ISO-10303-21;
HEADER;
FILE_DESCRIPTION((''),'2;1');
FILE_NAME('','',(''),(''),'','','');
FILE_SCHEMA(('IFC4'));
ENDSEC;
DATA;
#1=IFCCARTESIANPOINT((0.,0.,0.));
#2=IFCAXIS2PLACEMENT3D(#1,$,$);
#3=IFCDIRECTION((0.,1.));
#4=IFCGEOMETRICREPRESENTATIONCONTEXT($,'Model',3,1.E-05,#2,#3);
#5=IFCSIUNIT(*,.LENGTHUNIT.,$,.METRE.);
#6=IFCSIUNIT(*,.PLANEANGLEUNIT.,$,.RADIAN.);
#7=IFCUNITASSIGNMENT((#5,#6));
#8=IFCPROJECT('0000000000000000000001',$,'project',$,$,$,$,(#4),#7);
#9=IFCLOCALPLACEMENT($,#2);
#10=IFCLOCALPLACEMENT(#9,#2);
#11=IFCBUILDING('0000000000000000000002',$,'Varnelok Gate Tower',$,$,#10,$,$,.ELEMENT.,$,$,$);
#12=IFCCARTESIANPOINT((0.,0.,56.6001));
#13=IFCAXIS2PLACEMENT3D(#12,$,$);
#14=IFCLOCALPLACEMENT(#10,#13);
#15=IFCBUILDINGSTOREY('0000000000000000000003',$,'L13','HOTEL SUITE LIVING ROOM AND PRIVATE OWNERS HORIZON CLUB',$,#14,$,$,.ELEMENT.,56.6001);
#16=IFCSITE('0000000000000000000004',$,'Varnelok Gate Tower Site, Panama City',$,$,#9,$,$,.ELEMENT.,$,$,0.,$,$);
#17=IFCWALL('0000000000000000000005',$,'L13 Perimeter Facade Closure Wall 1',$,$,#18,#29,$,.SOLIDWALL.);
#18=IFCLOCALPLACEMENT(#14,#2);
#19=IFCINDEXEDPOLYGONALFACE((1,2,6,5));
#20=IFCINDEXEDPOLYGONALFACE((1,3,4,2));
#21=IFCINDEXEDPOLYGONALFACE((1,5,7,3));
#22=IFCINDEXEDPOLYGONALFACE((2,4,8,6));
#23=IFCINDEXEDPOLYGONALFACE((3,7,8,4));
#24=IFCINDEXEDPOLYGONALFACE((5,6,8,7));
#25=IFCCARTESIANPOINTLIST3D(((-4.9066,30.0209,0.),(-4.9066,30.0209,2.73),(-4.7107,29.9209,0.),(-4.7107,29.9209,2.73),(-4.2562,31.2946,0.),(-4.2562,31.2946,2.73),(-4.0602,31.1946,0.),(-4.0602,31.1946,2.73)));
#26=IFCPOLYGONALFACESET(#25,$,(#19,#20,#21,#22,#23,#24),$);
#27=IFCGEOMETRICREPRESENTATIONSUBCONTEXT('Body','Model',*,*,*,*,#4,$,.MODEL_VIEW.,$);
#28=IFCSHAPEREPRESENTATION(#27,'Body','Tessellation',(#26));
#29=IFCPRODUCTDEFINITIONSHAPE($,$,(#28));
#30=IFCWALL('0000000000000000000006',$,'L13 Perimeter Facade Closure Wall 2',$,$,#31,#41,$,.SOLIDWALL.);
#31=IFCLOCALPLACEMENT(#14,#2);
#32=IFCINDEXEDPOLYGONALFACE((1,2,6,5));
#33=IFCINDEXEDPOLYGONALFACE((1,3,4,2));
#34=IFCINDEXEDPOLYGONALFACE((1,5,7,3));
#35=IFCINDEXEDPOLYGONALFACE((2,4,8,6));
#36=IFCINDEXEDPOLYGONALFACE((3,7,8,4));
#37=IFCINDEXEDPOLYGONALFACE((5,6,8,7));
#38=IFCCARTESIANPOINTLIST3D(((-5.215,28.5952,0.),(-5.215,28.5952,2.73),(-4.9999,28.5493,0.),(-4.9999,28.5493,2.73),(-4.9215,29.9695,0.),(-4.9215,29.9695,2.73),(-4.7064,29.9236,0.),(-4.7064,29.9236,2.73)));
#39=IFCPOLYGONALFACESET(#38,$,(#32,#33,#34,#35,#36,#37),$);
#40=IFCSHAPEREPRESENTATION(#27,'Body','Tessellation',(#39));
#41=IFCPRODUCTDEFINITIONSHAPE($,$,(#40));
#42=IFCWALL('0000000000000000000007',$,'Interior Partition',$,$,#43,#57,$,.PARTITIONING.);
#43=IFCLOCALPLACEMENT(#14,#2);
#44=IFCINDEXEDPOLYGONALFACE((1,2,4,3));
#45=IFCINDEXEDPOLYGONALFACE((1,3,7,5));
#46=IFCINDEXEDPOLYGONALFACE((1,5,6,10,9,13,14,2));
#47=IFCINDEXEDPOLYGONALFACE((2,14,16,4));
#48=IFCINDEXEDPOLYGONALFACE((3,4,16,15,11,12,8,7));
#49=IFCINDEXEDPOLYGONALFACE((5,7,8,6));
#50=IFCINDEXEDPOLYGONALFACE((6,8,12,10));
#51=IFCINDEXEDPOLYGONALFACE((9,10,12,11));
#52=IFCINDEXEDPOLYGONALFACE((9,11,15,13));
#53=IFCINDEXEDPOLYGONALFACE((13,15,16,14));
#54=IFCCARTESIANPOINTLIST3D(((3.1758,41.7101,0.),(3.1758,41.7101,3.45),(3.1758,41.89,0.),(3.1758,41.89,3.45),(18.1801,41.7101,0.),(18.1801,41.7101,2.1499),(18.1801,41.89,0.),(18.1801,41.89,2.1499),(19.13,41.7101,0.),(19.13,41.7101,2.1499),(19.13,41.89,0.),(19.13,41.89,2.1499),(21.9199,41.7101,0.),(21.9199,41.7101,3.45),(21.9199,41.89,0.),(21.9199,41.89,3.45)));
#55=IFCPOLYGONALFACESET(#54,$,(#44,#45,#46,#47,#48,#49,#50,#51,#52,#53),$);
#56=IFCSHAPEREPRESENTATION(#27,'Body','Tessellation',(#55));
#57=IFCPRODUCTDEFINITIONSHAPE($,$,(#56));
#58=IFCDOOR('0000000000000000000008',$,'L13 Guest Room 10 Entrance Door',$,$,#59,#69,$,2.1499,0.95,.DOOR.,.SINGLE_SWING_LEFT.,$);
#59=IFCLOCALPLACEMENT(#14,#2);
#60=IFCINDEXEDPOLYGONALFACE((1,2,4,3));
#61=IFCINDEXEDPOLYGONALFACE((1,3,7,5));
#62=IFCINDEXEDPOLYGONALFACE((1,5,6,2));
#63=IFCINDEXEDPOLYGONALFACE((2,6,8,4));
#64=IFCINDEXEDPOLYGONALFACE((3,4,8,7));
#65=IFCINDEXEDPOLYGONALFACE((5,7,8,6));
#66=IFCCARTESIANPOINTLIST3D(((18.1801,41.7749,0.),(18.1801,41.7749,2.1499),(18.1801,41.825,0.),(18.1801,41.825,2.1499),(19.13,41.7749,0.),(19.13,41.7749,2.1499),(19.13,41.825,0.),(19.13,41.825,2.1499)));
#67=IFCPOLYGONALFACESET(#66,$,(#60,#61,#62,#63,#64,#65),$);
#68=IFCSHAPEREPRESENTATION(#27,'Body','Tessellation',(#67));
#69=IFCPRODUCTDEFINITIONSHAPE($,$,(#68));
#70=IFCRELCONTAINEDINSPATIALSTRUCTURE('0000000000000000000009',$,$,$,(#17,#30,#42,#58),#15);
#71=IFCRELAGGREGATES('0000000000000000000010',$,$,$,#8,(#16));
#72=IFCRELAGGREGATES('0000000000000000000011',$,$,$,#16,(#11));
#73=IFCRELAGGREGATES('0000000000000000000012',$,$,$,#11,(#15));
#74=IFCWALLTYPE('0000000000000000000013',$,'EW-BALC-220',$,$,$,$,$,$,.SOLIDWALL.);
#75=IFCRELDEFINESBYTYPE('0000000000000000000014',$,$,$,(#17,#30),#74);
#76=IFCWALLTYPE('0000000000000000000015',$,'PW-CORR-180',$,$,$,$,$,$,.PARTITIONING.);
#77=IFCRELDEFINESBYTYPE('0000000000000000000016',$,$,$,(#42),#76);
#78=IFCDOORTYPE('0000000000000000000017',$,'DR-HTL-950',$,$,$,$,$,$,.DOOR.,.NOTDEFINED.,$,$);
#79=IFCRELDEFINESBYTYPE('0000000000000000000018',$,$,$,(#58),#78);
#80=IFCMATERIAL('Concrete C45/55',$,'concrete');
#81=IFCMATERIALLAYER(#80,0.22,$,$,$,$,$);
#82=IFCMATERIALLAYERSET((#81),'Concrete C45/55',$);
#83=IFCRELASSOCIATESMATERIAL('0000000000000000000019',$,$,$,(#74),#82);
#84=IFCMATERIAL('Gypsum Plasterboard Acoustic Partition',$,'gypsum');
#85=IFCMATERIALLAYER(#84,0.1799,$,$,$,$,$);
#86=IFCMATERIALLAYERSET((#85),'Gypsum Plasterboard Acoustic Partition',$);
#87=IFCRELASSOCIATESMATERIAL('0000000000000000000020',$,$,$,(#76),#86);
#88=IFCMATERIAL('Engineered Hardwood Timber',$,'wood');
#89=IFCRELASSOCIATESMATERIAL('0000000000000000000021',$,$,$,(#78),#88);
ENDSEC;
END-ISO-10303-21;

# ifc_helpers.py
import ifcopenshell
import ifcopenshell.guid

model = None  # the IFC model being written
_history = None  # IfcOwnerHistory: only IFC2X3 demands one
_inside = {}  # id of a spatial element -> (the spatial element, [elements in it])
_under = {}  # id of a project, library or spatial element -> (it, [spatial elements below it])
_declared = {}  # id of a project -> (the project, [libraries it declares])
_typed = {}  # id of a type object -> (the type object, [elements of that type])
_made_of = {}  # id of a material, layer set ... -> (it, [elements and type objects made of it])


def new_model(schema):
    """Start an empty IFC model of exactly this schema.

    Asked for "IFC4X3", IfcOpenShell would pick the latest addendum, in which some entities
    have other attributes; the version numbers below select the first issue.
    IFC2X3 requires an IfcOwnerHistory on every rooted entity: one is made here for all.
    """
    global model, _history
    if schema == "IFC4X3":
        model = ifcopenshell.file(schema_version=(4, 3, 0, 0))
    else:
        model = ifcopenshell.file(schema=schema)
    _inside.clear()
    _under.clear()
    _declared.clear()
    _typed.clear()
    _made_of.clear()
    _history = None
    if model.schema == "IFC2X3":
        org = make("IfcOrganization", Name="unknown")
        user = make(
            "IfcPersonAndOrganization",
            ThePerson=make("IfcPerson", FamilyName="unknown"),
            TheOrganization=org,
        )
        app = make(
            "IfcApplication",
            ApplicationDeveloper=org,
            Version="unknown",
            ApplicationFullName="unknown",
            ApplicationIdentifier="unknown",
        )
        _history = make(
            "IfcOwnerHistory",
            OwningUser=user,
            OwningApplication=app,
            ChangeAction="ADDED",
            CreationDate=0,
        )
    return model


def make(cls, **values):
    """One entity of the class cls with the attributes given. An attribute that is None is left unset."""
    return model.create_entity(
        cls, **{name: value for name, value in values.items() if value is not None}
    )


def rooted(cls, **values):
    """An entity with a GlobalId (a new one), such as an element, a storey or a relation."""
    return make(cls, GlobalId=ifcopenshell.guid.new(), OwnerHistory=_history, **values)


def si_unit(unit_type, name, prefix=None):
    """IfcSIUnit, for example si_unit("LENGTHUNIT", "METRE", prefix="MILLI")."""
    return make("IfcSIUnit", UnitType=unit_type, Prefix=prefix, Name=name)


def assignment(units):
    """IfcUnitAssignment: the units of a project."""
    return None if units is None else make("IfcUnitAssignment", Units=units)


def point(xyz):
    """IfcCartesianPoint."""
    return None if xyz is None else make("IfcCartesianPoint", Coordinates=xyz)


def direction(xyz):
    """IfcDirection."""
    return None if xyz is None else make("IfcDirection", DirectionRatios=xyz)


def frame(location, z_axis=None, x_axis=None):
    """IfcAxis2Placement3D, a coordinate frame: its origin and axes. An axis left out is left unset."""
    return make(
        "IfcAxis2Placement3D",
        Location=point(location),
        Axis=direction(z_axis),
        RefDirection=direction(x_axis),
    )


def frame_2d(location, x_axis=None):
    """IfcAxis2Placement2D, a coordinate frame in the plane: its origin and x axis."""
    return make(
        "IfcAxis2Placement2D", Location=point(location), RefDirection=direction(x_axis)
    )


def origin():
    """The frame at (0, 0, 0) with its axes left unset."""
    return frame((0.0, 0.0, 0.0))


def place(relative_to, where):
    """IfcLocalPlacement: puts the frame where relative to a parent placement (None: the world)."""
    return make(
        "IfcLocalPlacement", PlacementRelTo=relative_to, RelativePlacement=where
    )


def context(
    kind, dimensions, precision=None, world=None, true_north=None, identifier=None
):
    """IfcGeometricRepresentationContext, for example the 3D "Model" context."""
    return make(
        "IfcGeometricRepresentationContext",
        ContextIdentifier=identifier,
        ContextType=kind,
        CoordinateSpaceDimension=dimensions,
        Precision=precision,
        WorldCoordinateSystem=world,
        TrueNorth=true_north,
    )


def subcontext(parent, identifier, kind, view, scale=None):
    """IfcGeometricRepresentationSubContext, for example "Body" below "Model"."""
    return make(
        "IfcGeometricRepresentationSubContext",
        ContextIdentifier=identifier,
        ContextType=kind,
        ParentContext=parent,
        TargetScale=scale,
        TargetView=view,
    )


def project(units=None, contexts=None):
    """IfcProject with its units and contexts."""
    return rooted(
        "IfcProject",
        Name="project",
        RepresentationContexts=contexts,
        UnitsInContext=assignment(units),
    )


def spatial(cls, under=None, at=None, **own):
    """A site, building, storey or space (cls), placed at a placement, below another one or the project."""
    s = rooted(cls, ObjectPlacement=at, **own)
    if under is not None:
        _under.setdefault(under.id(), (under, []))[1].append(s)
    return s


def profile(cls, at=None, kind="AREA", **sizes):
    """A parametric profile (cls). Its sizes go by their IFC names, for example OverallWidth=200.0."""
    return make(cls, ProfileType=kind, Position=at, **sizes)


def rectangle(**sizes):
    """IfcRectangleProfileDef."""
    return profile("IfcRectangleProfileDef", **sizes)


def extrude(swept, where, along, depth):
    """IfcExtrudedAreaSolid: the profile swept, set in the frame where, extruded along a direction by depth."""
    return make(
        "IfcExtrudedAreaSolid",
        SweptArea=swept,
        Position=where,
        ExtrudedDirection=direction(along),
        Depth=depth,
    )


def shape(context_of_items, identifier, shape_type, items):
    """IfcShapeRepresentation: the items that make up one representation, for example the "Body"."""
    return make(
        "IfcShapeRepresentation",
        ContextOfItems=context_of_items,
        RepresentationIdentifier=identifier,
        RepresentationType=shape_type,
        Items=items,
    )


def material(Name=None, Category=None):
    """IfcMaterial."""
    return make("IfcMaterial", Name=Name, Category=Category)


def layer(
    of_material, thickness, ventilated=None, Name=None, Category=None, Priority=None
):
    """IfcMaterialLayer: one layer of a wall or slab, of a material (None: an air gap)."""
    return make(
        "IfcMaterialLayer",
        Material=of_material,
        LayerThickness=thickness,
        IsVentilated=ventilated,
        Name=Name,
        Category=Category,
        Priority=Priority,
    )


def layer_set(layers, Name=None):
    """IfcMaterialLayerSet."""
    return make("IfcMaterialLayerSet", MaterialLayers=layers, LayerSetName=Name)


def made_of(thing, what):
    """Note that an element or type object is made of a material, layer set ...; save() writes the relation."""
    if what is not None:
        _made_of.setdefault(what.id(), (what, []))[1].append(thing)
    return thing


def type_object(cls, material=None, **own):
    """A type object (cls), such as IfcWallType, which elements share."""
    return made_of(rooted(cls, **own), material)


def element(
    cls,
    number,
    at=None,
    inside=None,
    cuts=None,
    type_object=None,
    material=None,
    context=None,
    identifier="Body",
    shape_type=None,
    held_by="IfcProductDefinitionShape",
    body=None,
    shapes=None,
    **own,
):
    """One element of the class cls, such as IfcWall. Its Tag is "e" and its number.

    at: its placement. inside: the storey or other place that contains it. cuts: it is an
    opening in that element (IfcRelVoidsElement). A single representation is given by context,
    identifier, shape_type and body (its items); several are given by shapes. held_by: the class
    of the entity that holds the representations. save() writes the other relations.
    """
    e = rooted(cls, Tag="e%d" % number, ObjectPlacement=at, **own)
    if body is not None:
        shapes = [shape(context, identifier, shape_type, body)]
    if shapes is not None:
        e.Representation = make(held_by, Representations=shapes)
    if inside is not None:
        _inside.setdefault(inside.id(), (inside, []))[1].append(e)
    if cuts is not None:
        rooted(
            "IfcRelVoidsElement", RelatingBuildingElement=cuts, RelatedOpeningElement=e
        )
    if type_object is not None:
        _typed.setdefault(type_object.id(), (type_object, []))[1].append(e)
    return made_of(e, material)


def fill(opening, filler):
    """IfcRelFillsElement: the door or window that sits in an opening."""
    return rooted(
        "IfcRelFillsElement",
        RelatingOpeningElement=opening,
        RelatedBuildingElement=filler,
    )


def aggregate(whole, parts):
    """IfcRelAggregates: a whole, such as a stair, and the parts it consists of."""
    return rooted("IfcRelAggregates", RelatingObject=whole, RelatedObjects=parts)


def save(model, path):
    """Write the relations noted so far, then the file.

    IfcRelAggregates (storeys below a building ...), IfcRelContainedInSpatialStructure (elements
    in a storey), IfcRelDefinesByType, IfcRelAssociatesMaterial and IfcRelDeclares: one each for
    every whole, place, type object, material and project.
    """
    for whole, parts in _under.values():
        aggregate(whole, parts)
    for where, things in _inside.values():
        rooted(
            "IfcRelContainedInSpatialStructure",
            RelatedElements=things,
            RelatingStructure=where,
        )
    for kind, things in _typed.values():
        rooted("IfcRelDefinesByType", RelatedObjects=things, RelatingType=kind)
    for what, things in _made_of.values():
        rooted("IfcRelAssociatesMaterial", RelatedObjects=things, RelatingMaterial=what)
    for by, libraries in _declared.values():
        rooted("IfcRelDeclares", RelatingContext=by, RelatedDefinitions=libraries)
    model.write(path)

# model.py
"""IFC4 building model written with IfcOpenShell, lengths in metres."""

from ifc_helpers import new_model, si_unit, direction, frame, frame_2d, origin, place, context, subcontext, project, spatial, rectangle, extrude, material, layer, layer_set, type_object, element, fill, save


model = new_model("IFC4")

# Units and contexts
model_context = context("Model", 3, precision=1e-05, world=origin(), true_north=direction((0.0, 1.0)))
body_context = subcontext(model_context, "Body", "Model", "MODEL_VIEW")
ifc_project = project(units=[si_unit("LENGTHUNIT", "METRE"), si_unit("PLANEANGLEUNIT", "RADIAN")], contexts=[model_context])

# Site, building, storey
site_placement = place(None, origin())
site = spatial("IfcSite", under=ifc_project, at=site_placement, Name="Varnelok Gate Tower Site, Panama City", CompositionType="ELEMENT", RefElevation=0.0)
building_placement = place(site_placement, origin())
building = spatial("IfcBuilding", under=site, at=building_placement, Name="Varnelok Gate Tower", CompositionType="ELEMENT")
storey_placement = place(building_placement, frame((0.0, 0.0, 56.6001)))
storey = spatial("IfcBuildingStorey", under=building, at=storey_placement, Name="L13", Description="HOTEL SUITE LIVING ROOM AND PRIVATE OWNERS HORIZON CLUB", CompositionType="ELEMENT", Elevation=56.6001)

# Walls
ifc_material_1 = material(Name="Concrete C45/55", Category="concrete")
ifc_layer_1 = layer(ifc_material_1, 0.22)
ifc_layer_set_1 = layer_set([ifc_layer_1], Name="Concrete C45/55")
wall_type_1 = type_object("IfcWallType", Name="EW-BALC-220", PredefinedType="SOLIDWALL", material=ifc_layer_set_1)
wall_1_placement = place(storey_placement, frame((-4.1582, 31.2446, 0.0), z_axis=(0.0, 0.0, 1.0), x_axis=(-0.454777, -0.890605, 0.0)))
element("IfcWall", 1, at=wall_1_placement, inside=storey, type_object=wall_type_1, Name="L13 Perimeter Facade Closure Wall 1", PredefinedType="SOLIDWALL", context=body_context, shape_type="SweptSolid", body=[
    extrude(rectangle(XDim=1.4302, YDim=0.22, at=frame_2d((0.7151, 0.0))), origin(), (0.0, 0.0, 1.0), 2.73),
])
wall_2_placement = place(storey_placement, frame((-4.814, 29.9465, 0.0), z_axis=(0.0, 0.0, 1.0), x_axis=(-0.208829, -0.977952, 0.0)))
element("IfcWall", 2, at=wall_2_placement, inside=storey, type_object=wall_type_1, Name="L13 Perimeter Facade Closure Wall 2", PredefinedType="SOLIDWALL", context=body_context, shape_type="SweptSolid", body=[
    extrude(rectangle(XDim=1.4053, YDim=0.22, at=frame_2d((0.7026, 0.0))), origin(), (0.0, 0.0, 1.0), 2.73),
])

# Wall, opening, door
ifc_material_2 = material(Name="Gypsum Plasterboard Acoustic Partition", Category="gypsum")
ifc_layer_2 = layer(ifc_material_2, 0.1799)
ifc_layer_set_2 = layer_set([ifc_layer_2], Name="Gypsum Plasterboard Acoustic Partition")
wall_type_2 = type_object("IfcWallType", Name="PW-CORR-180", PredefinedType="PARTITIONING", material=ifc_layer_set_2)
wall_3_placement = place(storey_placement, frame((3.1758, 41.8, 0.0), z_axis=(0.0, 0.0, 1.0), x_axis=(1.0, 0.0, 0.0)))
wall_3 = element("IfcWall", 3, at=wall_3_placement, inside=storey, type_object=wall_type_2, Name="Interior Partition", PredefinedType="PARTITIONING", context=body_context, shape_type="SweptSolid", body=[
    extrude(rectangle(XDim=18.7441, YDim=0.1799, at=frame_2d((9.3721, 0.0))), origin(), (0.0, 0.0, 1.0), 3.45),
])
opening_placement = place(wall_3_placement, frame((15.0042, 0.0, 0.0)))
opening = element("IfcOpeningElement", 4, at=opening_placement, cuts=wall_3, PredefinedType="OPENING", context=body_context, shape_type="SweptSolid", body=[
    extrude(rectangle(XDim=0.95, YDim=2.1499, at=frame_2d((0.4751, 1.075))), frame((0.0, 0.0999, 0.0), z_axis=(0.0, -1.0, 0.0), x_axis=(1.0, 0.0, 0.0)), (0.0, 0.0, 1.0), 0.2),
])
ifc_material_3 = material(Name="Engineered Hardwood Timber", Category="wood")
door_type = type_object("IfcDoorType", Name="DR-HTL-950", OperationType="NOTDEFINED", PredefinedType="DOOR", material=ifc_material_3)
door_placement = place(opening_placement, origin())
door = element("IfcDoor", 5, at=door_placement, inside=storey, type_object=door_type, Name="L13 Guest Room 10 Entrance Door", OperationType="SINGLE_SWING_LEFT", OverallHeight=2.1499, OverallWidth=0.95, PredefinedType="DOOR", context=body_context, shape_type="SweptSolid", body=[
    extrude(rectangle(XDim=0.95, YDim=2.1499, at=frame_2d((0.4751, 1.075))), frame((0.0, 0.0249, 0.0), z_axis=(0.0, -1.0, 0.0), x_axis=(1.0, 0.0, 0.0)), (0.0, 0.0, 1.0), 0.05),
])
fill(opening, door)

save(model, "model.ifc")
